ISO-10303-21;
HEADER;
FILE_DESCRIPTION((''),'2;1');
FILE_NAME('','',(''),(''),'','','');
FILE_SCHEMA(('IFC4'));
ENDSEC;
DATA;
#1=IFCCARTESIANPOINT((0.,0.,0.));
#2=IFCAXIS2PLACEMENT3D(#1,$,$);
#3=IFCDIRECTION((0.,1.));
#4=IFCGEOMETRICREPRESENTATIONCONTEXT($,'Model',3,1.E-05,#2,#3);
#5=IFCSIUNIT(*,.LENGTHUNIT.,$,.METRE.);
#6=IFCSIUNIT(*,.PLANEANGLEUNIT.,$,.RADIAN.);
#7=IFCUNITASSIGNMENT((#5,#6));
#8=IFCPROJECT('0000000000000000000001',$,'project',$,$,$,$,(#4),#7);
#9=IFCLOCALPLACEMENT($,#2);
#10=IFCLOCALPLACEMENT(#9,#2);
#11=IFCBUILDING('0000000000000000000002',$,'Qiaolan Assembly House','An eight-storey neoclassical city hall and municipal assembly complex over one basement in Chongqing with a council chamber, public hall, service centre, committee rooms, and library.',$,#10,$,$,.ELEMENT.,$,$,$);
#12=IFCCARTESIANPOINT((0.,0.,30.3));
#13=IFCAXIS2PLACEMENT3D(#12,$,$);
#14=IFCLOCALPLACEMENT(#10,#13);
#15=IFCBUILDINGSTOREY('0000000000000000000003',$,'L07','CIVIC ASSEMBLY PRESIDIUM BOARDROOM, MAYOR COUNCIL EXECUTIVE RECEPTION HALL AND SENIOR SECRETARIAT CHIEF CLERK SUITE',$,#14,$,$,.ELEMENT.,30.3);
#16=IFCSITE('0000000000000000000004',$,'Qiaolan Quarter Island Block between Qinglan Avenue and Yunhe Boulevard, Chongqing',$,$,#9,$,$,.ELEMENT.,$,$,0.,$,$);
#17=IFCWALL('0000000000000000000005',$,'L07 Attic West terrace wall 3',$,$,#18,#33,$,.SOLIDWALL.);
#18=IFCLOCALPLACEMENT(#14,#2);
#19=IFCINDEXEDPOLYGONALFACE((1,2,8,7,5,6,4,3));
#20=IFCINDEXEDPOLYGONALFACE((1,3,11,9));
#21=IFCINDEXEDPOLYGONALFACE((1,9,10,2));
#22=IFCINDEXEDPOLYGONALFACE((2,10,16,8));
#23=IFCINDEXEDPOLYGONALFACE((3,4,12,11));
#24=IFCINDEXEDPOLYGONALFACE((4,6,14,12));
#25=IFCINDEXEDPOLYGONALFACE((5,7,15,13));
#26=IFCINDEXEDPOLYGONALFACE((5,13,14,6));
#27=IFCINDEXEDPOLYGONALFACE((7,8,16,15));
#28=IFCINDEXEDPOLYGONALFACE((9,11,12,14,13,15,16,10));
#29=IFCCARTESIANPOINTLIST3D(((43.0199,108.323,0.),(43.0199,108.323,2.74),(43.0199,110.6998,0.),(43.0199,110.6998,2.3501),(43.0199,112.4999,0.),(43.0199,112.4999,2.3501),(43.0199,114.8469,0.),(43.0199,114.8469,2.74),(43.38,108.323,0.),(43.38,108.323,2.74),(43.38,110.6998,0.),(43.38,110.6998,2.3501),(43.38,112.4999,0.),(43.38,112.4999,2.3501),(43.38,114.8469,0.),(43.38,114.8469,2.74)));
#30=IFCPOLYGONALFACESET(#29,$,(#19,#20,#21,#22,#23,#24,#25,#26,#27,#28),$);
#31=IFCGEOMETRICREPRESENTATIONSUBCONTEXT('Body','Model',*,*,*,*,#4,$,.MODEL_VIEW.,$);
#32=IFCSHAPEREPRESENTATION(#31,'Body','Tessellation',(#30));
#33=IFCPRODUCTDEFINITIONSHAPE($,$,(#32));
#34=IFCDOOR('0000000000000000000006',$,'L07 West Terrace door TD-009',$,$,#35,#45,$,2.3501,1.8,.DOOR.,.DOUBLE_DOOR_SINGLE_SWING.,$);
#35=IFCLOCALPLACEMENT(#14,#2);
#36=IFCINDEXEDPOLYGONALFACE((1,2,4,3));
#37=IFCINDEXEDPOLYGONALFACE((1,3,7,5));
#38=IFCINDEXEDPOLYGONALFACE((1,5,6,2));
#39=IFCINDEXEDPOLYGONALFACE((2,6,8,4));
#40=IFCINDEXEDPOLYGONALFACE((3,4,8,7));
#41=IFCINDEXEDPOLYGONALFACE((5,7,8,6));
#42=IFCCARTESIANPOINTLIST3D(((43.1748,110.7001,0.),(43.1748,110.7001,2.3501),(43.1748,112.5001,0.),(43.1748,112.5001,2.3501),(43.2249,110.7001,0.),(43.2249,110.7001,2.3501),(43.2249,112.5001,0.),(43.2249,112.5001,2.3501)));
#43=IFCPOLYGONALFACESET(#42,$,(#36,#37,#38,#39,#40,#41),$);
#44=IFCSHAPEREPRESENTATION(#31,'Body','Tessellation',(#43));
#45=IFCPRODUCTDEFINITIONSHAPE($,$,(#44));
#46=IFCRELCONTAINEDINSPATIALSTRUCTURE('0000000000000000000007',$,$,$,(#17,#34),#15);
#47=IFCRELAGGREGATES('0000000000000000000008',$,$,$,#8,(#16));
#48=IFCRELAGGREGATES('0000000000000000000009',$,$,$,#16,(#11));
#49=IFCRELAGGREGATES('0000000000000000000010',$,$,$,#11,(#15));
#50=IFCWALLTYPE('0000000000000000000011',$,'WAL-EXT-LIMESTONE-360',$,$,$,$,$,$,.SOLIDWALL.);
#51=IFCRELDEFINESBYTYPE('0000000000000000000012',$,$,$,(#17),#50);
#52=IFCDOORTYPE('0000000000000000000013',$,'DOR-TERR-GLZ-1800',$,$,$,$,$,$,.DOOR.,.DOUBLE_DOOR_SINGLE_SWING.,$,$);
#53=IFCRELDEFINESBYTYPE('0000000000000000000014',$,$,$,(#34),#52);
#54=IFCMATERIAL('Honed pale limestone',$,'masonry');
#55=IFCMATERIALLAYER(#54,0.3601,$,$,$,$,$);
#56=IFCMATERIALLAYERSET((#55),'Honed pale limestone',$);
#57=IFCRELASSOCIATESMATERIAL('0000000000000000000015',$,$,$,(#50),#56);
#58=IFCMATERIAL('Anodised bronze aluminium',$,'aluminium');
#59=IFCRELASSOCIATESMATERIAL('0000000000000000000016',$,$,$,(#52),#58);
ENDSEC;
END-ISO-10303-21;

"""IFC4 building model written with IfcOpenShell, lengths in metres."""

from ifc_helpers import new_model, si_unit, direction, frame, frame_2d, origin, place, context, subcontext, project, spatial, rectangle, extrude, material, layer, layer_set, type_object, element, fill, save


model = new_model("IFC4")

# Units and contexts
model_context = context("Model", 3, precision=1e-05, world=origin(), true_north=direction((0.0, 1.0)))
body_context = subcontext(model_context, "Body", "Model", "MODEL_VIEW")
ifc_project = project(units=[si_unit("LENGTHUNIT", "METRE"), si_unit("PLANEANGLEUNIT", "RADIAN")], contexts=[model_context])

# Site, building, storey
site_placement = place(None, origin())
site = spatial("IfcSite", under=ifc_project, at=site_placement, Name="Qiaolan Quarter Island Block between Qinglan Avenue and Yunhe Boulevard, Chongqing", CompositionType="ELEMENT", RefElevation=0.0)
building_placement = place(site_placement, origin())
building = spatial("IfcBuilding", under=site, at=building_placement, Name="Qiaolan Assembly House", Description="An eight-storey neoclassical city hall and municipal assembly complex over one basement in Chongqing with a council chamber, public hall, service centre, committee rooms, and library.", CompositionType="ELEMENT")
storey_placement = place(building_placement, frame((0.0, 0.0, 30.3)))
storey = spatial("IfcBuildingStorey", under=building, at=storey_placement, Name="L07", Description="CIVIC ASSEMBLY PRESIDIUM BOARDROOM, MAYOR COUNCIL EXECUTIVE RECEPTION HALL AND SENIOR SECRETARIAT CHIEF CLERK SUITE", CompositionType="ELEMENT", Elevation=30.3)

# Shared definitions
ifc_material_1 = material(Name="Anodised bronze aluminium", Category="aluminium")

# Wall, opening, door
ifc_material_2 = material(Name="Honed pale limestone", Category="masonry")
ifc_layer_1 = layer(ifc_material_2, 0.3601)
ifc_layer_set_1 = layer_set([ifc_layer_1], Name="Honed pale limestone")
wall_type = type_object("IfcWallType", Name="WAL-EXT-LIMESTONE-360", PredefinedType="SOLIDWALL", material=ifc_layer_set_1)
wall_placement = place(storey_placement, frame((43.2, 108.323, 0.0), z_axis=(0.0, 0.0, 1.0), x_axis=(0.0, 1.0, 0.0)))
wall = element("IfcWall", 1, at=wall_placement, inside=storey, type_object=wall_type, Name="L07 Attic West terrace wall 3", PredefinedType="SOLIDWALL", context=body_context, shape_type="SweptSolid", body=[
    extrude(rectangle(XDim=6.5239, YDim=0.3601, at=frame_2d((3.262, 0.0))), origin(), (0.0, 0.0, 1.0), 2.74),
])
opening_placement = place(wall_placement, frame((2.377, 0.0, 0.0)))
opening = element("IfcOpeningElement", 2, at=opening_placement, cuts=wall, PredefinedType="OPENING", context=body_context, shape_type="SweptSolid", body=[
    extrude(rectangle(XDim=1.8, YDim=2.3501, at=frame_2d((0.8999, 1.175))), frame((0.0, 0.1899, 0.0), z_axis=(0.0, -1.0, 0.0), x_axis=(1.0, 0.0, 0.0)), (0.0, 0.0, 1.0), 0.3801),
])
door_type = type_object("IfcDoorType", Name="DOR-TERR-GLZ-1800", OperationType="DOUBLE_DOOR_SINGLE_SWING", PredefinedType="DOOR", material=ifc_material_1)
door_placement = place(opening_placement, frame((1.8, 0.0, 0.0), z_axis=(0.0, 0.0, 1.0), x_axis=(-1.0, 0.0, 0.0)))
door = element("IfcDoor", 3, at=door_placement, inside=storey, type_object=door_type, Name="L07 West Terrace door TD-009", OperationType="DOUBLE_DOOR_SINGLE_SWING", OverallHeight=2.3501, OverallWidth=1.8, PredefinedType="DOOR", context=body_context, shape_type="SweptSolid", body=[
    extrude(rectangle(XDim=1.8, YDim=2.3501, at=frame_2d((0.8999, 1.175))), frame((0.0, 0.0249, 0.0), z_axis=(0.0, -1.0, 0.0), x_axis=(1.0, 0.0, 0.0)), (0.0, 0.0, 1.0), 0.05),
])
fill(opening, door)

save(model, "model.ifc")
